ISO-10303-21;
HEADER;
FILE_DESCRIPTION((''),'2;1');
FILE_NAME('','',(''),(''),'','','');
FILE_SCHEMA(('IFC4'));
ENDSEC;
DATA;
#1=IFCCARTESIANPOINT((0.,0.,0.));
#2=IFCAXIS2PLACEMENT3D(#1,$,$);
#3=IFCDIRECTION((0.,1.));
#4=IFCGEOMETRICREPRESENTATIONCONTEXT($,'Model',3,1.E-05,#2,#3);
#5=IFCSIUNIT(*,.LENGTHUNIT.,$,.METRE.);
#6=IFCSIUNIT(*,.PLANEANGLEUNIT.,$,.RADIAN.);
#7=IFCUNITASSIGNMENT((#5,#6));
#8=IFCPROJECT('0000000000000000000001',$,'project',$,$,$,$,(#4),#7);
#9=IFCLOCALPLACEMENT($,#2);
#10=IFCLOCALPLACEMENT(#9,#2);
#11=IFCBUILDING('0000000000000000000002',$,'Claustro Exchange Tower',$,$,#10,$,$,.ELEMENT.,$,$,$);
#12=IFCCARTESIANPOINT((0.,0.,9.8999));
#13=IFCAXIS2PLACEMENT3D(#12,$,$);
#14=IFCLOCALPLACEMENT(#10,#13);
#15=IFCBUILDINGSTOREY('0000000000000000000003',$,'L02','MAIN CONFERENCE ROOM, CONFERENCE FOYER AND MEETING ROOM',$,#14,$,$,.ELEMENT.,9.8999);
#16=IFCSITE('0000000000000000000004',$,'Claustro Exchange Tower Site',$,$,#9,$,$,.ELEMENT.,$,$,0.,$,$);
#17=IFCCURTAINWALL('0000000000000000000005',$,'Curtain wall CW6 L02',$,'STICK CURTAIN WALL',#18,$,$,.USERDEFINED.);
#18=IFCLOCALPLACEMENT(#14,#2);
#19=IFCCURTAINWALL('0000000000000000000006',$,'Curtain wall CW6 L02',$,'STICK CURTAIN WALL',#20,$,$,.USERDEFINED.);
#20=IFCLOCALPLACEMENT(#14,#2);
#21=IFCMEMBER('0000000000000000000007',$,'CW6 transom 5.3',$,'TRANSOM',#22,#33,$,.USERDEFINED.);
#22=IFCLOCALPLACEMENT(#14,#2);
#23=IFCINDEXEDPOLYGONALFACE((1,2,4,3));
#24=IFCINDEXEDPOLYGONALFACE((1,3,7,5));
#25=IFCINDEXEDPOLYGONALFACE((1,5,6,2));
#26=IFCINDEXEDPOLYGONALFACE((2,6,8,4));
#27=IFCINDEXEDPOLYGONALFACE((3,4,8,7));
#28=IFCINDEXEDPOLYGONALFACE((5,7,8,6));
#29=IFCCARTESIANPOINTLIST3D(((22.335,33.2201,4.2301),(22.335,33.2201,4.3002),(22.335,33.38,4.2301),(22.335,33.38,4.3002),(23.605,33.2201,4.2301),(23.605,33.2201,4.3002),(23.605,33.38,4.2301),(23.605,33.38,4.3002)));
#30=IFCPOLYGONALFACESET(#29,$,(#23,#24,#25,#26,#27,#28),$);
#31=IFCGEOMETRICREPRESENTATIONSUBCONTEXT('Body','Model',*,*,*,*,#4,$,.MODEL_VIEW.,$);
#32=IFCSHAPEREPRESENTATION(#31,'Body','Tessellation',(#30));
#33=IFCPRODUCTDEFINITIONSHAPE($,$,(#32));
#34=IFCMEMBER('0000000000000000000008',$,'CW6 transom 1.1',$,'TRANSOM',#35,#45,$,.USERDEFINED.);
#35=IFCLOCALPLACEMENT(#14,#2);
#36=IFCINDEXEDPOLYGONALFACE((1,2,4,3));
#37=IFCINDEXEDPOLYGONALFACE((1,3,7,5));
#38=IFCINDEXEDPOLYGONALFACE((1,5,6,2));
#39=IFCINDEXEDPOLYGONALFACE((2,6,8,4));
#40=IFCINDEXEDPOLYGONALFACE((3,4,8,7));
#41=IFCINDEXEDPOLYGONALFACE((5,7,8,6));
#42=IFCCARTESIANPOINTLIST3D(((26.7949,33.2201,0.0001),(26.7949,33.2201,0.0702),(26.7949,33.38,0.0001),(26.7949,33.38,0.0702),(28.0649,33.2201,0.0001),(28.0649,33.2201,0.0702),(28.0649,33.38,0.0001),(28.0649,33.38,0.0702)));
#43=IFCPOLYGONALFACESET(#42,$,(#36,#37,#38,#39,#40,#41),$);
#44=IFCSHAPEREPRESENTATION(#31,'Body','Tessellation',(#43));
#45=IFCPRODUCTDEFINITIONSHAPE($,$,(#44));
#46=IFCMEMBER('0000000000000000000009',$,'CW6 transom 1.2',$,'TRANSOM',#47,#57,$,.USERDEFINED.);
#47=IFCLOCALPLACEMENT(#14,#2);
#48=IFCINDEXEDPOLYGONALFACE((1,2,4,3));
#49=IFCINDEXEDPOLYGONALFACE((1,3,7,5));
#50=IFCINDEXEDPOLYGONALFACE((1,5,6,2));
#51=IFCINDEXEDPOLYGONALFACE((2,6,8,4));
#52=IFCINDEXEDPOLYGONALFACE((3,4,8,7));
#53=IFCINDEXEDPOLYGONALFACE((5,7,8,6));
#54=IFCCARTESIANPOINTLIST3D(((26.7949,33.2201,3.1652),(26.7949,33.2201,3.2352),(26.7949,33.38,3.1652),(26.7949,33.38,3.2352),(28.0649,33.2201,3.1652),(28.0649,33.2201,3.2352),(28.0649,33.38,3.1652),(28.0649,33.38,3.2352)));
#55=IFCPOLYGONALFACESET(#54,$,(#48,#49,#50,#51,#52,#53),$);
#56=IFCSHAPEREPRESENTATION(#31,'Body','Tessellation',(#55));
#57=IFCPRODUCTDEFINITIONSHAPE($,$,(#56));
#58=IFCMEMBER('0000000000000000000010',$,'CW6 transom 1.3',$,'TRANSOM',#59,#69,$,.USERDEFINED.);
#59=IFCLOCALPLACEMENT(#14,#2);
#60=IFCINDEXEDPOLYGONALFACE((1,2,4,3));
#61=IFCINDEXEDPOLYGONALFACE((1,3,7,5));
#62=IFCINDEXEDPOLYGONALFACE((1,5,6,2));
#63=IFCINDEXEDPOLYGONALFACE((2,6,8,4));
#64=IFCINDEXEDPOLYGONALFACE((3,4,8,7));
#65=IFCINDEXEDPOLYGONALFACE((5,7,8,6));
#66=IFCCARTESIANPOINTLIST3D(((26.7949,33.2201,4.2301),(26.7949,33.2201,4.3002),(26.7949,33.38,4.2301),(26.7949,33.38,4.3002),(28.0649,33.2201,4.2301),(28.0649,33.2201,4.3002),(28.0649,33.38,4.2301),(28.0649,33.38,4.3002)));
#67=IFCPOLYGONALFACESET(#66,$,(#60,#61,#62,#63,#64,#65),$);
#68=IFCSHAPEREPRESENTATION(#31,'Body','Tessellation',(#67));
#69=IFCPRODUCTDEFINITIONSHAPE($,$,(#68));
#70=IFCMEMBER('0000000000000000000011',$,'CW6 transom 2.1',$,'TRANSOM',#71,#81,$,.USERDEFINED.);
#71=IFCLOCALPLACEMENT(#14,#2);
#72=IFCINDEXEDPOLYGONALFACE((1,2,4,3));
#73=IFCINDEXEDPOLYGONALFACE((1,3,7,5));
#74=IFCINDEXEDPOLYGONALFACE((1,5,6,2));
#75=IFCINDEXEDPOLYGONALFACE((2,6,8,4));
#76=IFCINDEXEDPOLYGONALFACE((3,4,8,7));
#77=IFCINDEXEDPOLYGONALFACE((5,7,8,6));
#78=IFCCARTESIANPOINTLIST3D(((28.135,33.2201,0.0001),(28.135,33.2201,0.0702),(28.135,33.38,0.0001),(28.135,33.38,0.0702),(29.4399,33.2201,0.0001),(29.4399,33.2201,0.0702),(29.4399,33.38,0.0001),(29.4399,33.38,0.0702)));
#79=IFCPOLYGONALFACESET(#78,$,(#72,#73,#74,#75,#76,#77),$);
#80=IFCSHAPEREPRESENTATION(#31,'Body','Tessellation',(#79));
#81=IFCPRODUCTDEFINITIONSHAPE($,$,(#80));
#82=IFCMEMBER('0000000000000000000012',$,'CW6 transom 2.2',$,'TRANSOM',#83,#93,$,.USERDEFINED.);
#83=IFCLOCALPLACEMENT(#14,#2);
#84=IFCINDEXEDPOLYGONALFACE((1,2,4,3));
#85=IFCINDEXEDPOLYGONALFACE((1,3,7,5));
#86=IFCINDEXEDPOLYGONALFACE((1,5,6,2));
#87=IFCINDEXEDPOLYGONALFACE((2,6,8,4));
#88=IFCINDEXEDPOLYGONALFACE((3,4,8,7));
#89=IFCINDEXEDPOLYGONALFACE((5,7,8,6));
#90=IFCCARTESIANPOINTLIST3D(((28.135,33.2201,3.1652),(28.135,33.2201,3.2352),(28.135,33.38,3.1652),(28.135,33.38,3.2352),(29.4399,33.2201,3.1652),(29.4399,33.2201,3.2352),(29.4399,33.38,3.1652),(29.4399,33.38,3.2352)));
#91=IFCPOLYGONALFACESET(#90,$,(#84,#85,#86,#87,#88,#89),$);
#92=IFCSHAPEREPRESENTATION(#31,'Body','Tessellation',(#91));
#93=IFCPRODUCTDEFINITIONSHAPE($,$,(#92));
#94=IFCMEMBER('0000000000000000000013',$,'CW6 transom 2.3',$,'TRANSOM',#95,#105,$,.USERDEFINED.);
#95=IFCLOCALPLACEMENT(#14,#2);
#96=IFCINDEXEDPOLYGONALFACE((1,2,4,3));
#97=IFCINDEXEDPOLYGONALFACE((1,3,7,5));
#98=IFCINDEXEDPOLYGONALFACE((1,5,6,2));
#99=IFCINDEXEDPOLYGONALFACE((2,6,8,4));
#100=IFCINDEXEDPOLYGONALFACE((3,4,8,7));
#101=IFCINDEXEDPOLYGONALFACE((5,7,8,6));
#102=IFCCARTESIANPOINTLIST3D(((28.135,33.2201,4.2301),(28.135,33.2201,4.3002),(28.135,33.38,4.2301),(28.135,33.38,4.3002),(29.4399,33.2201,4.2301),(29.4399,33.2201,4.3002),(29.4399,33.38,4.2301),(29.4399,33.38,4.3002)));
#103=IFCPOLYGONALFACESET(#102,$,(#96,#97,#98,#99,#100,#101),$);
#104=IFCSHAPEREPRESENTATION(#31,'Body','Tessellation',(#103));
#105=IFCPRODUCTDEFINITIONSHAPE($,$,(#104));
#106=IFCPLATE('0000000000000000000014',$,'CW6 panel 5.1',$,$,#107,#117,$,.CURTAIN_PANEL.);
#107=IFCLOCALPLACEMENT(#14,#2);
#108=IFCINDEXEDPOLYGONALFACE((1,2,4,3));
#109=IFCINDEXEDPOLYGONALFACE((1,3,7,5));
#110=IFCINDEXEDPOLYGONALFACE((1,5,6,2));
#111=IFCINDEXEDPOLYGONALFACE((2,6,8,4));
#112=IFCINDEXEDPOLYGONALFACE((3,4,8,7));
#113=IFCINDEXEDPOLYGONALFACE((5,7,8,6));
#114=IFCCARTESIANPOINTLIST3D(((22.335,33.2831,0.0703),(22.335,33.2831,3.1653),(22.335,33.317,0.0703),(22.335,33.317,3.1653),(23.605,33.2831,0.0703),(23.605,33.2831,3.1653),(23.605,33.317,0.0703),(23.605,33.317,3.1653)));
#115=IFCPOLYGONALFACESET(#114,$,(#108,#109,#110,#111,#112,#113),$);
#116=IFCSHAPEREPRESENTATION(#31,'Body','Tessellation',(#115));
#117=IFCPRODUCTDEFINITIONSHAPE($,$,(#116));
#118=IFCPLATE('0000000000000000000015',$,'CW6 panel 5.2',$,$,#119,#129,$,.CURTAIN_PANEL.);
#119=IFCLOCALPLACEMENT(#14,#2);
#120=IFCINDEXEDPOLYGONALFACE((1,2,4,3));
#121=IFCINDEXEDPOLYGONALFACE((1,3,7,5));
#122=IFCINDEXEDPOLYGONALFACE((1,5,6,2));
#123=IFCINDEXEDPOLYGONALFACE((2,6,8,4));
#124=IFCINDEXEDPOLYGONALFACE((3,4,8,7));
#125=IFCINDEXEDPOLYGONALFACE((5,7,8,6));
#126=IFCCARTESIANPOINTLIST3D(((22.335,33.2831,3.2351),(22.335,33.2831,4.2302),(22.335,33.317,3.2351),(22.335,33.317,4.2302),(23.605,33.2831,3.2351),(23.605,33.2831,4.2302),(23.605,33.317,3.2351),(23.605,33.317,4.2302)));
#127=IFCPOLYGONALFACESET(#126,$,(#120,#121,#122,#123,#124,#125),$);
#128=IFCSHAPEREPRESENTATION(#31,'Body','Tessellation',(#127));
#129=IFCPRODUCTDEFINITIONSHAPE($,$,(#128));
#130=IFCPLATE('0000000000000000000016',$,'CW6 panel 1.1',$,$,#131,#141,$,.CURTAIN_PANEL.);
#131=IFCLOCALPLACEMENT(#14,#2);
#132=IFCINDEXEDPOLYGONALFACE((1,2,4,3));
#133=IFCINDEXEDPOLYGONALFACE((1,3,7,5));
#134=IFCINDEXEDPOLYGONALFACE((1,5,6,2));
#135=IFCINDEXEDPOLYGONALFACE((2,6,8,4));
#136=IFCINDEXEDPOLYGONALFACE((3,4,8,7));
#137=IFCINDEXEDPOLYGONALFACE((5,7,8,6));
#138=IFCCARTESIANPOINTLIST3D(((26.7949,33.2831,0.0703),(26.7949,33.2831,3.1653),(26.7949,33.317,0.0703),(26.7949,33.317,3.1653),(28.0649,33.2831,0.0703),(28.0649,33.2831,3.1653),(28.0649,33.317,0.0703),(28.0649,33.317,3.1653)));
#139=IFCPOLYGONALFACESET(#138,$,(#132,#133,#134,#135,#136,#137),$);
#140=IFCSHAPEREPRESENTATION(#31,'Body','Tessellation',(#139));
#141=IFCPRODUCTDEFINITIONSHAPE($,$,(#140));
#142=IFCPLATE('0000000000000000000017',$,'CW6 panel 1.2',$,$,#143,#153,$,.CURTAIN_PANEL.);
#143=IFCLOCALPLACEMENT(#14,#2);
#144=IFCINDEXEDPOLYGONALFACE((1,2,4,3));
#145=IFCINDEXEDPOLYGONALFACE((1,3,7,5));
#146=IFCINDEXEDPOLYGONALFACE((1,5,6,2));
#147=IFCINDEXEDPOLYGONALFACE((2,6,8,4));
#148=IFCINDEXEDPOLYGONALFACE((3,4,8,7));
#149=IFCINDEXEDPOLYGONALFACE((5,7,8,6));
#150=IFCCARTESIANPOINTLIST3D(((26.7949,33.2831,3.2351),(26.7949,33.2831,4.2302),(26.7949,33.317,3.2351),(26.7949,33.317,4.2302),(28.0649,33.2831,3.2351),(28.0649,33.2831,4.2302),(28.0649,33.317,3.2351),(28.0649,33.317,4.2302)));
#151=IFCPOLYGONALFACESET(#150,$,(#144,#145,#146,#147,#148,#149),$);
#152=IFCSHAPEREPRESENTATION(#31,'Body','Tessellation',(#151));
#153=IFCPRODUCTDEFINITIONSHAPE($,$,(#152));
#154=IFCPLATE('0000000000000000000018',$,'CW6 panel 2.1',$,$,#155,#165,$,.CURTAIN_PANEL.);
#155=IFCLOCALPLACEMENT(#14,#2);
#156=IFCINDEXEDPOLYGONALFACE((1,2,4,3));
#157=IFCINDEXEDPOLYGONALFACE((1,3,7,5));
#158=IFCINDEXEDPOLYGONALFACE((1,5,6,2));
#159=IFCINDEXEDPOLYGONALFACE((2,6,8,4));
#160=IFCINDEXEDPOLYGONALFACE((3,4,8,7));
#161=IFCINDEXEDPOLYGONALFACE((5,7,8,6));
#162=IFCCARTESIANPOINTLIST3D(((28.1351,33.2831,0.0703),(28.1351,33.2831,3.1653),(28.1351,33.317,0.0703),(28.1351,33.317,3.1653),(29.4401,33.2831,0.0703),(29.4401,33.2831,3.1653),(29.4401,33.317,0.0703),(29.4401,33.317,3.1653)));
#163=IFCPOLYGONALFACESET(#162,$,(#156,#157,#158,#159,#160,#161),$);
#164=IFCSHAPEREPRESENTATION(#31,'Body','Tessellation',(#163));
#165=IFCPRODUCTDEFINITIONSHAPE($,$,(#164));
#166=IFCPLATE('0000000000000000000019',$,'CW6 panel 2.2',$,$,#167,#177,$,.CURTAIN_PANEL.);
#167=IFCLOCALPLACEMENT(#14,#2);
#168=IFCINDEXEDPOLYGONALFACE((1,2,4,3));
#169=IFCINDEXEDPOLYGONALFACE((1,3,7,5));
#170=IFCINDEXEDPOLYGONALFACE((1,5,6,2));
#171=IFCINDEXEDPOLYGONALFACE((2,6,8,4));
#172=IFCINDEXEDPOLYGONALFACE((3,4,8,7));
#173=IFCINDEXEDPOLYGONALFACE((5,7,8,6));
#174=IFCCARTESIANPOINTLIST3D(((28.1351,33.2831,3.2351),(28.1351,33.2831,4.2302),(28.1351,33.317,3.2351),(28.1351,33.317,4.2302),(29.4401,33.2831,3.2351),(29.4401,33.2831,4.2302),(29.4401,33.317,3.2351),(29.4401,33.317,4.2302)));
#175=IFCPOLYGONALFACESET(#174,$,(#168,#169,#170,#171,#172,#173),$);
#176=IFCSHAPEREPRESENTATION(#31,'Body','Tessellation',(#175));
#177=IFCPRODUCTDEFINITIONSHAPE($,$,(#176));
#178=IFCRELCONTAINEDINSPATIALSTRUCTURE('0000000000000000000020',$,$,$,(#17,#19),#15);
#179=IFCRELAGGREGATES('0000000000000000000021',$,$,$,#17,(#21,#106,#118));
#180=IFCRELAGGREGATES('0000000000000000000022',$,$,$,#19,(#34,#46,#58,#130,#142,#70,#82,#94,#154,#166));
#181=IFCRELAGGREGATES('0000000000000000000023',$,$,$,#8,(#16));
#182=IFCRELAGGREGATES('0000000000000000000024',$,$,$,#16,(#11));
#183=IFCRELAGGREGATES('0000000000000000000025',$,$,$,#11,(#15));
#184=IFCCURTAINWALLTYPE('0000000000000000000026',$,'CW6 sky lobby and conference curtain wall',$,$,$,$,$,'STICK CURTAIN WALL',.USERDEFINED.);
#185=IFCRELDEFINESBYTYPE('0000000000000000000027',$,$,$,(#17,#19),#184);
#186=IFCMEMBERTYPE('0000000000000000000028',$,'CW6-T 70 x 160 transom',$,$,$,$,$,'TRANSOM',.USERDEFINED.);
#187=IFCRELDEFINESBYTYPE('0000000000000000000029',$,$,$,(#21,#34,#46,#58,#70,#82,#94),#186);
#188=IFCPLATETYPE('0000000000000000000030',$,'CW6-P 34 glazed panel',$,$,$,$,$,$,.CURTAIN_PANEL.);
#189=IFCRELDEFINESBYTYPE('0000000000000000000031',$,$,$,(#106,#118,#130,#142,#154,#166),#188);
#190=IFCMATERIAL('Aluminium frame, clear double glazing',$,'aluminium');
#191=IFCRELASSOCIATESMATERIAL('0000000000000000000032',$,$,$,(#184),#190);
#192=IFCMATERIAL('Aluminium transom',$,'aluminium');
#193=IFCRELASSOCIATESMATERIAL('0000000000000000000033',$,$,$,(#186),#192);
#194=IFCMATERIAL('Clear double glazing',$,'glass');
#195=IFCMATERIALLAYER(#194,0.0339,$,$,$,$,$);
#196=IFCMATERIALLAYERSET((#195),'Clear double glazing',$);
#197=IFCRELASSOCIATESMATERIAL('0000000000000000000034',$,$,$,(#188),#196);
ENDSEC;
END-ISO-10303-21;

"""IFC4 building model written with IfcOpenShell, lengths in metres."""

from ifc_helpers import new_model, si_unit, direction, frame, origin, origin_2d, place, context, subcontext, project, spatial, rectangle, extrude, material, layer, layer_set, material_profile, profile_set, type_object, element, aggregate, save


model = new_model("IFC4")

# Units and contexts
model_context = context("Model", 3, precision=1e-05, world=origin(), true_north=direction((0.0, 1.0)))
body_context = subcontext(model_context, "Body", "Model", "MODEL_VIEW")
ifc_project = project(units=[si_unit("LENGTHUNIT", "METRE"), si_unit("PLANEANGLEUNIT", "RADIAN")], contexts=[model_context])

# Site, building, storey
site_placement = place(None, origin())
site = spatial("IfcSite", under=ifc_project, at=site_placement, Name="Claustro Exchange Tower Site", CompositionType="ELEMENT", RefElevation=0.0)
building_placement = place(site_placement, origin())
building = spatial("IfcBuilding", under=site, at=building_placement, Name="Claustro Exchange Tower", CompositionType="ELEMENT")
storey_placement = place(building_placement, frame((0.0, 0.0, 9.8999)))
storey = spatial("IfcBuildingStorey", under=building, at=storey_placement, Name="L02", Description="MAIN CONFERENCE ROOM, CONFERENCE FOYER AND MEETING ROOM", CompositionType="ELEMENT", Elevation=9.8999)

# Curtain wall
ifc_material_1 = material(Name="Aluminium frame, clear double glazing", Category="aluminium")
curtain_wall_type = type_object("IfcCurtainWallType", Name="CW6 sky lobby and conference curtain wall", ElementType="STICK CURTAIN WALL", PredefinedType="USERDEFINED", material=ifc_material_1)
curtain_wall_1_placement = place(storey_placement, origin())
curtain_wall_1 = element("IfcCurtainWall", 1, at=curtain_wall_1_placement, inside=storey, type_object=curtain_wall_type, Name="Curtain wall CW6 L02", ObjectType="STICK CURTAIN WALL", PredefinedType="USERDEFINED")

# Curtain wall
curtain_wall_2_placement = place(storey_placement, origin())
curtain_wall_2 = element("IfcCurtainWall", 2, at=curtain_wall_2_placement, inside=storey, type_object=curtain_wall_type, Name="Curtain wall CW6 L02", ObjectType="STICK CURTAIN WALL", PredefinedType="USERDEFINED")

# Members
ifc_material_2 = material(Name="Aluminium transom", Category="aluminium")
ifc_material_profile_1 = material_profile(ifc_material_2, rectangle(XDim=0.1599, YDim=0.0701, at=origin_2d()), Name="CW6-T 70x160")
ifc_profile_set_1 = profile_set([ifc_material_profile_1], Name="Aluminium transom")
member_type_1 = type_object("IfcMemberType", Name="CW6-T 70 x 160 transom", ElementType="TRANSOM", PredefinedType="USERDEFINED", material=ifc_profile_set_1)
member_1_placement = place(storey_placement, frame((22.335, 33.3, 4.2651), z_axis=(1.0, 0.0, 0.0), x_axis=(0.0, 1.0, 0.0)))
member_1 = element("IfcMember", 3, at=member_1_placement, type_object=member_type_1, Name="CW6 transom 5.3", ObjectType="TRANSOM", PredefinedType="USERDEFINED", context=body_context, shape_type="SweptSolid", body=[
    extrude(rectangle(XDim=0.1599, YDim=0.0701, at=origin_2d()), origin(), (0.0, 0.0, 1.0), 1.27),
])
member_2_placement = place(storey_placement, frame((26.7949, 33.3, 0.0352), z_axis=(1.0, 0.0, 0.0), x_axis=(0.0, 1.0, 0.0)))
member_2 = element("IfcMember", 4, at=member_2_placement, type_object=member_type_1, Name="CW6 transom 1.1", ObjectType="TRANSOM", PredefinedType="USERDEFINED", context=body_context, shape_type="SweptSolid", body=[
    extrude(rectangle(XDim=0.1599, YDim=0.0701, at=origin_2d()), origin(), (0.0, 0.0, 1.0), 1.27),
])
member_3_placement = place(storey_placement, frame((26.7949, 33.3, 3.2002), z_axis=(1.0, 0.0, 0.0), x_axis=(0.0, 1.0, 0.0)))
member_3 = element("IfcMember", 5, at=member_3_placement, type_object=member_type_1, Name="CW6 transom 1.2", ObjectType="TRANSOM", PredefinedType="USERDEFINED", context=body_context, shape_type="SweptSolid", body=[
    extrude(rectangle(XDim=0.1599, YDim=0.0701, at=origin_2d()), origin(), (0.0, 0.0, 1.0), 1.27),
])
member_4_placement = place(storey_placement, frame((26.7949, 33.3, 4.2651), z_axis=(1.0, 0.0, 0.0), x_axis=(0.0, 1.0, 0.0)))
member_4 = element("IfcMember", 6, at=member_4_placement, type_object=member_type_1, Name="CW6 transom 1.3", ObjectType="TRANSOM", PredefinedType="USERDEFINED", context=body_context, shape_type="SweptSolid", body=[
    extrude(rectangle(XDim=0.1599, YDim=0.0701, at=origin_2d()), origin(), (0.0, 0.0, 1.0), 1.27),
])
member_5_placement = place(storey_placement, frame((28.135, 33.3, 0.0352), z_axis=(1.0, 0.0, 0.0), x_axis=(0.0, 1.0, 0.0)))
member_5 = element("IfcMember", 7, at=member_5_placement, type_object=member_type_1, Name="CW6 transom 2.1", ObjectType="TRANSOM", PredefinedType="USERDEFINED", context=body_context, shape_type="SweptSolid", body=[
    extrude(rectangle(XDim=0.1599, YDim=0.0701, at=origin_2d()), origin(), (0.0, 0.0, 1.0), 1.3049),
])
member_6_placement = place(storey_placement, frame((28.135, 33.3, 3.2002), z_axis=(1.0, 0.0, 0.0), x_axis=(0.0, 1.0, 0.0)))
member_6 = element("IfcMember", 8, at=member_6_placement, type_object=member_type_1, Name="CW6 transom 2.2", ObjectType="TRANSOM", PredefinedType="USERDEFINED", context=body_context, shape_type="SweptSolid", body=[
    extrude(rectangle(XDim=0.1599, YDim=0.0701, at=origin_2d()), origin(), (0.0, 0.0, 1.0), 1.3049),
])
member_7_placement = place(storey_placement, frame((28.135, 33.3, 4.2651), z_axis=(1.0, 0.0, 0.0), x_axis=(0.0, 1.0, 0.0)))
member_7 = element("IfcMember", 9, at=member_7_placement, type_object=member_type_1, Name="CW6 transom 2.3", ObjectType="TRANSOM", PredefinedType="USERDEFINED", context=body_context, shape_type="SweptSolid", body=[
    extrude(rectangle(XDim=0.1599, YDim=0.0701, at=origin_2d()), origin(), (0.0, 0.0, 1.0), 1.3049),
])

# Plates
ifc_material_3 = material(Name="Clear double glazing", Category="glass")
ifc_layer = layer(ifc_material_3, 0.0339)
ifc_layer_set = layer_set([ifc_layer], Name="Clear double glazing")
plate_type = type_object("IfcPlateType", Name="CW6-P 34 glazed panel", PredefinedType="CURTAIN_PANEL", material=ifc_layer_set)
plate_1_placement = place(storey_placement, frame((22.97, 33.3, 0.0703), z_axis=(0.0, 0.0, 1.0), x_axis=(1.0, 0.0, 0.0)))
plate_1 = element("IfcPlate", 10, at=plate_1_placement, type_object=plate_type, Name="CW6 panel 5.1", PredefinedType="CURTAIN_PANEL", context=body_context, shape_type="SweptSolid", body=[
    extrude(rectangle(XDim=1.27, YDim=0.0339, at=origin_2d()), origin(), (0.0, 0.0, 1.0), 3.095),
])
plate_2_placement = place(storey_placement, frame((22.97, 33.3, 3.2351), z_axis=(0.0, 0.0, 1.0), x_axis=(1.0, 0.0, 0.0)))
plate_2 = element("IfcPlate", 11, at=plate_2_placement, type_object=plate_type, Name="CW6 panel 5.2", PredefinedType="CURTAIN_PANEL", context=body_context, shape_type="SweptSolid", body=[
    extrude(rectangle(XDim=1.27, YDim=0.0339, at=origin_2d()), origin(), (0.0, 0.0, 1.0), 0.9951),
])
aggregate(curtain_wall_1, [member_1, plate_1, plate_2])
plate_3_placement = place(storey_placement, frame((27.4299, 33.3, 0.0703), z_axis=(0.0, 0.0, 1.0), x_axis=(1.0, 0.0, 0.0)))
plate_3 = element("IfcPlate", 12, at=plate_3_placement, type_object=plate_type, Name="CW6 panel 1.1", PredefinedType="CURTAIN_PANEL", context=body_context, shape_type="SweptSolid", body=[
    extrude(rectangle(XDim=1.27, YDim=0.0339, at=origin_2d()), origin(), (0.0, 0.0, 1.0), 3.095),
])
plate_4_placement = place(storey_placement, frame((27.4299, 33.3, 3.2351), z_axis=(0.0, 0.0, 1.0), x_axis=(1.0, 0.0, 0.0)))
plate_4 = element("IfcPlate", 13, at=plate_4_placement, type_object=plate_type, Name="CW6 panel 1.2", PredefinedType="CURTAIN_PANEL", context=body_context, shape_type="SweptSolid", body=[
    extrude(rectangle(XDim=1.27, YDim=0.0339, at=origin_2d()), origin(), (0.0, 0.0, 1.0), 0.9951),
])
plate_5_placement = place(storey_placement, frame((28.7876, 33.3, 0.0703), z_axis=(0.0, 0.0, 1.0), x_axis=(1.0, 0.0, 0.0)))
plate_5 = element("IfcPlate", 14, at=plate_5_placement, type_object=plate_type, Name="CW6 panel 2.1", PredefinedType="CURTAIN_PANEL", context=body_context, shape_type="SweptSolid", body=[
    extrude(rectangle(XDim=1.3049, YDim=0.0339, at=origin_2d()), origin(), (0.0, 0.0, 1.0), 3.095),
])
plate_6_placement = place(storey_placement, frame((28.7876, 33.3, 3.2351), z_axis=(0.0, 0.0, 1.0), x_axis=(1.0, 0.0, 0.0)))
plate_6 = element("IfcPlate", 15, at=plate_6_placement, type_object=plate_type, Name="CW6 panel 2.2", PredefinedType="CURTAIN_PANEL", context=body_context, shape_type="SweptSolid", body=[
    extrude(rectangle(XDim=1.3049, YDim=0.0339, at=origin_2d()), origin(), (0.0, 0.0, 1.0), 0.9951),
])
aggregate(curtain_wall_2, [member_2, member_3, member_4, plate_3, plate_4, member_5, member_6, member_7, plate_5, plate_6])

save(model, "model.ifc")
